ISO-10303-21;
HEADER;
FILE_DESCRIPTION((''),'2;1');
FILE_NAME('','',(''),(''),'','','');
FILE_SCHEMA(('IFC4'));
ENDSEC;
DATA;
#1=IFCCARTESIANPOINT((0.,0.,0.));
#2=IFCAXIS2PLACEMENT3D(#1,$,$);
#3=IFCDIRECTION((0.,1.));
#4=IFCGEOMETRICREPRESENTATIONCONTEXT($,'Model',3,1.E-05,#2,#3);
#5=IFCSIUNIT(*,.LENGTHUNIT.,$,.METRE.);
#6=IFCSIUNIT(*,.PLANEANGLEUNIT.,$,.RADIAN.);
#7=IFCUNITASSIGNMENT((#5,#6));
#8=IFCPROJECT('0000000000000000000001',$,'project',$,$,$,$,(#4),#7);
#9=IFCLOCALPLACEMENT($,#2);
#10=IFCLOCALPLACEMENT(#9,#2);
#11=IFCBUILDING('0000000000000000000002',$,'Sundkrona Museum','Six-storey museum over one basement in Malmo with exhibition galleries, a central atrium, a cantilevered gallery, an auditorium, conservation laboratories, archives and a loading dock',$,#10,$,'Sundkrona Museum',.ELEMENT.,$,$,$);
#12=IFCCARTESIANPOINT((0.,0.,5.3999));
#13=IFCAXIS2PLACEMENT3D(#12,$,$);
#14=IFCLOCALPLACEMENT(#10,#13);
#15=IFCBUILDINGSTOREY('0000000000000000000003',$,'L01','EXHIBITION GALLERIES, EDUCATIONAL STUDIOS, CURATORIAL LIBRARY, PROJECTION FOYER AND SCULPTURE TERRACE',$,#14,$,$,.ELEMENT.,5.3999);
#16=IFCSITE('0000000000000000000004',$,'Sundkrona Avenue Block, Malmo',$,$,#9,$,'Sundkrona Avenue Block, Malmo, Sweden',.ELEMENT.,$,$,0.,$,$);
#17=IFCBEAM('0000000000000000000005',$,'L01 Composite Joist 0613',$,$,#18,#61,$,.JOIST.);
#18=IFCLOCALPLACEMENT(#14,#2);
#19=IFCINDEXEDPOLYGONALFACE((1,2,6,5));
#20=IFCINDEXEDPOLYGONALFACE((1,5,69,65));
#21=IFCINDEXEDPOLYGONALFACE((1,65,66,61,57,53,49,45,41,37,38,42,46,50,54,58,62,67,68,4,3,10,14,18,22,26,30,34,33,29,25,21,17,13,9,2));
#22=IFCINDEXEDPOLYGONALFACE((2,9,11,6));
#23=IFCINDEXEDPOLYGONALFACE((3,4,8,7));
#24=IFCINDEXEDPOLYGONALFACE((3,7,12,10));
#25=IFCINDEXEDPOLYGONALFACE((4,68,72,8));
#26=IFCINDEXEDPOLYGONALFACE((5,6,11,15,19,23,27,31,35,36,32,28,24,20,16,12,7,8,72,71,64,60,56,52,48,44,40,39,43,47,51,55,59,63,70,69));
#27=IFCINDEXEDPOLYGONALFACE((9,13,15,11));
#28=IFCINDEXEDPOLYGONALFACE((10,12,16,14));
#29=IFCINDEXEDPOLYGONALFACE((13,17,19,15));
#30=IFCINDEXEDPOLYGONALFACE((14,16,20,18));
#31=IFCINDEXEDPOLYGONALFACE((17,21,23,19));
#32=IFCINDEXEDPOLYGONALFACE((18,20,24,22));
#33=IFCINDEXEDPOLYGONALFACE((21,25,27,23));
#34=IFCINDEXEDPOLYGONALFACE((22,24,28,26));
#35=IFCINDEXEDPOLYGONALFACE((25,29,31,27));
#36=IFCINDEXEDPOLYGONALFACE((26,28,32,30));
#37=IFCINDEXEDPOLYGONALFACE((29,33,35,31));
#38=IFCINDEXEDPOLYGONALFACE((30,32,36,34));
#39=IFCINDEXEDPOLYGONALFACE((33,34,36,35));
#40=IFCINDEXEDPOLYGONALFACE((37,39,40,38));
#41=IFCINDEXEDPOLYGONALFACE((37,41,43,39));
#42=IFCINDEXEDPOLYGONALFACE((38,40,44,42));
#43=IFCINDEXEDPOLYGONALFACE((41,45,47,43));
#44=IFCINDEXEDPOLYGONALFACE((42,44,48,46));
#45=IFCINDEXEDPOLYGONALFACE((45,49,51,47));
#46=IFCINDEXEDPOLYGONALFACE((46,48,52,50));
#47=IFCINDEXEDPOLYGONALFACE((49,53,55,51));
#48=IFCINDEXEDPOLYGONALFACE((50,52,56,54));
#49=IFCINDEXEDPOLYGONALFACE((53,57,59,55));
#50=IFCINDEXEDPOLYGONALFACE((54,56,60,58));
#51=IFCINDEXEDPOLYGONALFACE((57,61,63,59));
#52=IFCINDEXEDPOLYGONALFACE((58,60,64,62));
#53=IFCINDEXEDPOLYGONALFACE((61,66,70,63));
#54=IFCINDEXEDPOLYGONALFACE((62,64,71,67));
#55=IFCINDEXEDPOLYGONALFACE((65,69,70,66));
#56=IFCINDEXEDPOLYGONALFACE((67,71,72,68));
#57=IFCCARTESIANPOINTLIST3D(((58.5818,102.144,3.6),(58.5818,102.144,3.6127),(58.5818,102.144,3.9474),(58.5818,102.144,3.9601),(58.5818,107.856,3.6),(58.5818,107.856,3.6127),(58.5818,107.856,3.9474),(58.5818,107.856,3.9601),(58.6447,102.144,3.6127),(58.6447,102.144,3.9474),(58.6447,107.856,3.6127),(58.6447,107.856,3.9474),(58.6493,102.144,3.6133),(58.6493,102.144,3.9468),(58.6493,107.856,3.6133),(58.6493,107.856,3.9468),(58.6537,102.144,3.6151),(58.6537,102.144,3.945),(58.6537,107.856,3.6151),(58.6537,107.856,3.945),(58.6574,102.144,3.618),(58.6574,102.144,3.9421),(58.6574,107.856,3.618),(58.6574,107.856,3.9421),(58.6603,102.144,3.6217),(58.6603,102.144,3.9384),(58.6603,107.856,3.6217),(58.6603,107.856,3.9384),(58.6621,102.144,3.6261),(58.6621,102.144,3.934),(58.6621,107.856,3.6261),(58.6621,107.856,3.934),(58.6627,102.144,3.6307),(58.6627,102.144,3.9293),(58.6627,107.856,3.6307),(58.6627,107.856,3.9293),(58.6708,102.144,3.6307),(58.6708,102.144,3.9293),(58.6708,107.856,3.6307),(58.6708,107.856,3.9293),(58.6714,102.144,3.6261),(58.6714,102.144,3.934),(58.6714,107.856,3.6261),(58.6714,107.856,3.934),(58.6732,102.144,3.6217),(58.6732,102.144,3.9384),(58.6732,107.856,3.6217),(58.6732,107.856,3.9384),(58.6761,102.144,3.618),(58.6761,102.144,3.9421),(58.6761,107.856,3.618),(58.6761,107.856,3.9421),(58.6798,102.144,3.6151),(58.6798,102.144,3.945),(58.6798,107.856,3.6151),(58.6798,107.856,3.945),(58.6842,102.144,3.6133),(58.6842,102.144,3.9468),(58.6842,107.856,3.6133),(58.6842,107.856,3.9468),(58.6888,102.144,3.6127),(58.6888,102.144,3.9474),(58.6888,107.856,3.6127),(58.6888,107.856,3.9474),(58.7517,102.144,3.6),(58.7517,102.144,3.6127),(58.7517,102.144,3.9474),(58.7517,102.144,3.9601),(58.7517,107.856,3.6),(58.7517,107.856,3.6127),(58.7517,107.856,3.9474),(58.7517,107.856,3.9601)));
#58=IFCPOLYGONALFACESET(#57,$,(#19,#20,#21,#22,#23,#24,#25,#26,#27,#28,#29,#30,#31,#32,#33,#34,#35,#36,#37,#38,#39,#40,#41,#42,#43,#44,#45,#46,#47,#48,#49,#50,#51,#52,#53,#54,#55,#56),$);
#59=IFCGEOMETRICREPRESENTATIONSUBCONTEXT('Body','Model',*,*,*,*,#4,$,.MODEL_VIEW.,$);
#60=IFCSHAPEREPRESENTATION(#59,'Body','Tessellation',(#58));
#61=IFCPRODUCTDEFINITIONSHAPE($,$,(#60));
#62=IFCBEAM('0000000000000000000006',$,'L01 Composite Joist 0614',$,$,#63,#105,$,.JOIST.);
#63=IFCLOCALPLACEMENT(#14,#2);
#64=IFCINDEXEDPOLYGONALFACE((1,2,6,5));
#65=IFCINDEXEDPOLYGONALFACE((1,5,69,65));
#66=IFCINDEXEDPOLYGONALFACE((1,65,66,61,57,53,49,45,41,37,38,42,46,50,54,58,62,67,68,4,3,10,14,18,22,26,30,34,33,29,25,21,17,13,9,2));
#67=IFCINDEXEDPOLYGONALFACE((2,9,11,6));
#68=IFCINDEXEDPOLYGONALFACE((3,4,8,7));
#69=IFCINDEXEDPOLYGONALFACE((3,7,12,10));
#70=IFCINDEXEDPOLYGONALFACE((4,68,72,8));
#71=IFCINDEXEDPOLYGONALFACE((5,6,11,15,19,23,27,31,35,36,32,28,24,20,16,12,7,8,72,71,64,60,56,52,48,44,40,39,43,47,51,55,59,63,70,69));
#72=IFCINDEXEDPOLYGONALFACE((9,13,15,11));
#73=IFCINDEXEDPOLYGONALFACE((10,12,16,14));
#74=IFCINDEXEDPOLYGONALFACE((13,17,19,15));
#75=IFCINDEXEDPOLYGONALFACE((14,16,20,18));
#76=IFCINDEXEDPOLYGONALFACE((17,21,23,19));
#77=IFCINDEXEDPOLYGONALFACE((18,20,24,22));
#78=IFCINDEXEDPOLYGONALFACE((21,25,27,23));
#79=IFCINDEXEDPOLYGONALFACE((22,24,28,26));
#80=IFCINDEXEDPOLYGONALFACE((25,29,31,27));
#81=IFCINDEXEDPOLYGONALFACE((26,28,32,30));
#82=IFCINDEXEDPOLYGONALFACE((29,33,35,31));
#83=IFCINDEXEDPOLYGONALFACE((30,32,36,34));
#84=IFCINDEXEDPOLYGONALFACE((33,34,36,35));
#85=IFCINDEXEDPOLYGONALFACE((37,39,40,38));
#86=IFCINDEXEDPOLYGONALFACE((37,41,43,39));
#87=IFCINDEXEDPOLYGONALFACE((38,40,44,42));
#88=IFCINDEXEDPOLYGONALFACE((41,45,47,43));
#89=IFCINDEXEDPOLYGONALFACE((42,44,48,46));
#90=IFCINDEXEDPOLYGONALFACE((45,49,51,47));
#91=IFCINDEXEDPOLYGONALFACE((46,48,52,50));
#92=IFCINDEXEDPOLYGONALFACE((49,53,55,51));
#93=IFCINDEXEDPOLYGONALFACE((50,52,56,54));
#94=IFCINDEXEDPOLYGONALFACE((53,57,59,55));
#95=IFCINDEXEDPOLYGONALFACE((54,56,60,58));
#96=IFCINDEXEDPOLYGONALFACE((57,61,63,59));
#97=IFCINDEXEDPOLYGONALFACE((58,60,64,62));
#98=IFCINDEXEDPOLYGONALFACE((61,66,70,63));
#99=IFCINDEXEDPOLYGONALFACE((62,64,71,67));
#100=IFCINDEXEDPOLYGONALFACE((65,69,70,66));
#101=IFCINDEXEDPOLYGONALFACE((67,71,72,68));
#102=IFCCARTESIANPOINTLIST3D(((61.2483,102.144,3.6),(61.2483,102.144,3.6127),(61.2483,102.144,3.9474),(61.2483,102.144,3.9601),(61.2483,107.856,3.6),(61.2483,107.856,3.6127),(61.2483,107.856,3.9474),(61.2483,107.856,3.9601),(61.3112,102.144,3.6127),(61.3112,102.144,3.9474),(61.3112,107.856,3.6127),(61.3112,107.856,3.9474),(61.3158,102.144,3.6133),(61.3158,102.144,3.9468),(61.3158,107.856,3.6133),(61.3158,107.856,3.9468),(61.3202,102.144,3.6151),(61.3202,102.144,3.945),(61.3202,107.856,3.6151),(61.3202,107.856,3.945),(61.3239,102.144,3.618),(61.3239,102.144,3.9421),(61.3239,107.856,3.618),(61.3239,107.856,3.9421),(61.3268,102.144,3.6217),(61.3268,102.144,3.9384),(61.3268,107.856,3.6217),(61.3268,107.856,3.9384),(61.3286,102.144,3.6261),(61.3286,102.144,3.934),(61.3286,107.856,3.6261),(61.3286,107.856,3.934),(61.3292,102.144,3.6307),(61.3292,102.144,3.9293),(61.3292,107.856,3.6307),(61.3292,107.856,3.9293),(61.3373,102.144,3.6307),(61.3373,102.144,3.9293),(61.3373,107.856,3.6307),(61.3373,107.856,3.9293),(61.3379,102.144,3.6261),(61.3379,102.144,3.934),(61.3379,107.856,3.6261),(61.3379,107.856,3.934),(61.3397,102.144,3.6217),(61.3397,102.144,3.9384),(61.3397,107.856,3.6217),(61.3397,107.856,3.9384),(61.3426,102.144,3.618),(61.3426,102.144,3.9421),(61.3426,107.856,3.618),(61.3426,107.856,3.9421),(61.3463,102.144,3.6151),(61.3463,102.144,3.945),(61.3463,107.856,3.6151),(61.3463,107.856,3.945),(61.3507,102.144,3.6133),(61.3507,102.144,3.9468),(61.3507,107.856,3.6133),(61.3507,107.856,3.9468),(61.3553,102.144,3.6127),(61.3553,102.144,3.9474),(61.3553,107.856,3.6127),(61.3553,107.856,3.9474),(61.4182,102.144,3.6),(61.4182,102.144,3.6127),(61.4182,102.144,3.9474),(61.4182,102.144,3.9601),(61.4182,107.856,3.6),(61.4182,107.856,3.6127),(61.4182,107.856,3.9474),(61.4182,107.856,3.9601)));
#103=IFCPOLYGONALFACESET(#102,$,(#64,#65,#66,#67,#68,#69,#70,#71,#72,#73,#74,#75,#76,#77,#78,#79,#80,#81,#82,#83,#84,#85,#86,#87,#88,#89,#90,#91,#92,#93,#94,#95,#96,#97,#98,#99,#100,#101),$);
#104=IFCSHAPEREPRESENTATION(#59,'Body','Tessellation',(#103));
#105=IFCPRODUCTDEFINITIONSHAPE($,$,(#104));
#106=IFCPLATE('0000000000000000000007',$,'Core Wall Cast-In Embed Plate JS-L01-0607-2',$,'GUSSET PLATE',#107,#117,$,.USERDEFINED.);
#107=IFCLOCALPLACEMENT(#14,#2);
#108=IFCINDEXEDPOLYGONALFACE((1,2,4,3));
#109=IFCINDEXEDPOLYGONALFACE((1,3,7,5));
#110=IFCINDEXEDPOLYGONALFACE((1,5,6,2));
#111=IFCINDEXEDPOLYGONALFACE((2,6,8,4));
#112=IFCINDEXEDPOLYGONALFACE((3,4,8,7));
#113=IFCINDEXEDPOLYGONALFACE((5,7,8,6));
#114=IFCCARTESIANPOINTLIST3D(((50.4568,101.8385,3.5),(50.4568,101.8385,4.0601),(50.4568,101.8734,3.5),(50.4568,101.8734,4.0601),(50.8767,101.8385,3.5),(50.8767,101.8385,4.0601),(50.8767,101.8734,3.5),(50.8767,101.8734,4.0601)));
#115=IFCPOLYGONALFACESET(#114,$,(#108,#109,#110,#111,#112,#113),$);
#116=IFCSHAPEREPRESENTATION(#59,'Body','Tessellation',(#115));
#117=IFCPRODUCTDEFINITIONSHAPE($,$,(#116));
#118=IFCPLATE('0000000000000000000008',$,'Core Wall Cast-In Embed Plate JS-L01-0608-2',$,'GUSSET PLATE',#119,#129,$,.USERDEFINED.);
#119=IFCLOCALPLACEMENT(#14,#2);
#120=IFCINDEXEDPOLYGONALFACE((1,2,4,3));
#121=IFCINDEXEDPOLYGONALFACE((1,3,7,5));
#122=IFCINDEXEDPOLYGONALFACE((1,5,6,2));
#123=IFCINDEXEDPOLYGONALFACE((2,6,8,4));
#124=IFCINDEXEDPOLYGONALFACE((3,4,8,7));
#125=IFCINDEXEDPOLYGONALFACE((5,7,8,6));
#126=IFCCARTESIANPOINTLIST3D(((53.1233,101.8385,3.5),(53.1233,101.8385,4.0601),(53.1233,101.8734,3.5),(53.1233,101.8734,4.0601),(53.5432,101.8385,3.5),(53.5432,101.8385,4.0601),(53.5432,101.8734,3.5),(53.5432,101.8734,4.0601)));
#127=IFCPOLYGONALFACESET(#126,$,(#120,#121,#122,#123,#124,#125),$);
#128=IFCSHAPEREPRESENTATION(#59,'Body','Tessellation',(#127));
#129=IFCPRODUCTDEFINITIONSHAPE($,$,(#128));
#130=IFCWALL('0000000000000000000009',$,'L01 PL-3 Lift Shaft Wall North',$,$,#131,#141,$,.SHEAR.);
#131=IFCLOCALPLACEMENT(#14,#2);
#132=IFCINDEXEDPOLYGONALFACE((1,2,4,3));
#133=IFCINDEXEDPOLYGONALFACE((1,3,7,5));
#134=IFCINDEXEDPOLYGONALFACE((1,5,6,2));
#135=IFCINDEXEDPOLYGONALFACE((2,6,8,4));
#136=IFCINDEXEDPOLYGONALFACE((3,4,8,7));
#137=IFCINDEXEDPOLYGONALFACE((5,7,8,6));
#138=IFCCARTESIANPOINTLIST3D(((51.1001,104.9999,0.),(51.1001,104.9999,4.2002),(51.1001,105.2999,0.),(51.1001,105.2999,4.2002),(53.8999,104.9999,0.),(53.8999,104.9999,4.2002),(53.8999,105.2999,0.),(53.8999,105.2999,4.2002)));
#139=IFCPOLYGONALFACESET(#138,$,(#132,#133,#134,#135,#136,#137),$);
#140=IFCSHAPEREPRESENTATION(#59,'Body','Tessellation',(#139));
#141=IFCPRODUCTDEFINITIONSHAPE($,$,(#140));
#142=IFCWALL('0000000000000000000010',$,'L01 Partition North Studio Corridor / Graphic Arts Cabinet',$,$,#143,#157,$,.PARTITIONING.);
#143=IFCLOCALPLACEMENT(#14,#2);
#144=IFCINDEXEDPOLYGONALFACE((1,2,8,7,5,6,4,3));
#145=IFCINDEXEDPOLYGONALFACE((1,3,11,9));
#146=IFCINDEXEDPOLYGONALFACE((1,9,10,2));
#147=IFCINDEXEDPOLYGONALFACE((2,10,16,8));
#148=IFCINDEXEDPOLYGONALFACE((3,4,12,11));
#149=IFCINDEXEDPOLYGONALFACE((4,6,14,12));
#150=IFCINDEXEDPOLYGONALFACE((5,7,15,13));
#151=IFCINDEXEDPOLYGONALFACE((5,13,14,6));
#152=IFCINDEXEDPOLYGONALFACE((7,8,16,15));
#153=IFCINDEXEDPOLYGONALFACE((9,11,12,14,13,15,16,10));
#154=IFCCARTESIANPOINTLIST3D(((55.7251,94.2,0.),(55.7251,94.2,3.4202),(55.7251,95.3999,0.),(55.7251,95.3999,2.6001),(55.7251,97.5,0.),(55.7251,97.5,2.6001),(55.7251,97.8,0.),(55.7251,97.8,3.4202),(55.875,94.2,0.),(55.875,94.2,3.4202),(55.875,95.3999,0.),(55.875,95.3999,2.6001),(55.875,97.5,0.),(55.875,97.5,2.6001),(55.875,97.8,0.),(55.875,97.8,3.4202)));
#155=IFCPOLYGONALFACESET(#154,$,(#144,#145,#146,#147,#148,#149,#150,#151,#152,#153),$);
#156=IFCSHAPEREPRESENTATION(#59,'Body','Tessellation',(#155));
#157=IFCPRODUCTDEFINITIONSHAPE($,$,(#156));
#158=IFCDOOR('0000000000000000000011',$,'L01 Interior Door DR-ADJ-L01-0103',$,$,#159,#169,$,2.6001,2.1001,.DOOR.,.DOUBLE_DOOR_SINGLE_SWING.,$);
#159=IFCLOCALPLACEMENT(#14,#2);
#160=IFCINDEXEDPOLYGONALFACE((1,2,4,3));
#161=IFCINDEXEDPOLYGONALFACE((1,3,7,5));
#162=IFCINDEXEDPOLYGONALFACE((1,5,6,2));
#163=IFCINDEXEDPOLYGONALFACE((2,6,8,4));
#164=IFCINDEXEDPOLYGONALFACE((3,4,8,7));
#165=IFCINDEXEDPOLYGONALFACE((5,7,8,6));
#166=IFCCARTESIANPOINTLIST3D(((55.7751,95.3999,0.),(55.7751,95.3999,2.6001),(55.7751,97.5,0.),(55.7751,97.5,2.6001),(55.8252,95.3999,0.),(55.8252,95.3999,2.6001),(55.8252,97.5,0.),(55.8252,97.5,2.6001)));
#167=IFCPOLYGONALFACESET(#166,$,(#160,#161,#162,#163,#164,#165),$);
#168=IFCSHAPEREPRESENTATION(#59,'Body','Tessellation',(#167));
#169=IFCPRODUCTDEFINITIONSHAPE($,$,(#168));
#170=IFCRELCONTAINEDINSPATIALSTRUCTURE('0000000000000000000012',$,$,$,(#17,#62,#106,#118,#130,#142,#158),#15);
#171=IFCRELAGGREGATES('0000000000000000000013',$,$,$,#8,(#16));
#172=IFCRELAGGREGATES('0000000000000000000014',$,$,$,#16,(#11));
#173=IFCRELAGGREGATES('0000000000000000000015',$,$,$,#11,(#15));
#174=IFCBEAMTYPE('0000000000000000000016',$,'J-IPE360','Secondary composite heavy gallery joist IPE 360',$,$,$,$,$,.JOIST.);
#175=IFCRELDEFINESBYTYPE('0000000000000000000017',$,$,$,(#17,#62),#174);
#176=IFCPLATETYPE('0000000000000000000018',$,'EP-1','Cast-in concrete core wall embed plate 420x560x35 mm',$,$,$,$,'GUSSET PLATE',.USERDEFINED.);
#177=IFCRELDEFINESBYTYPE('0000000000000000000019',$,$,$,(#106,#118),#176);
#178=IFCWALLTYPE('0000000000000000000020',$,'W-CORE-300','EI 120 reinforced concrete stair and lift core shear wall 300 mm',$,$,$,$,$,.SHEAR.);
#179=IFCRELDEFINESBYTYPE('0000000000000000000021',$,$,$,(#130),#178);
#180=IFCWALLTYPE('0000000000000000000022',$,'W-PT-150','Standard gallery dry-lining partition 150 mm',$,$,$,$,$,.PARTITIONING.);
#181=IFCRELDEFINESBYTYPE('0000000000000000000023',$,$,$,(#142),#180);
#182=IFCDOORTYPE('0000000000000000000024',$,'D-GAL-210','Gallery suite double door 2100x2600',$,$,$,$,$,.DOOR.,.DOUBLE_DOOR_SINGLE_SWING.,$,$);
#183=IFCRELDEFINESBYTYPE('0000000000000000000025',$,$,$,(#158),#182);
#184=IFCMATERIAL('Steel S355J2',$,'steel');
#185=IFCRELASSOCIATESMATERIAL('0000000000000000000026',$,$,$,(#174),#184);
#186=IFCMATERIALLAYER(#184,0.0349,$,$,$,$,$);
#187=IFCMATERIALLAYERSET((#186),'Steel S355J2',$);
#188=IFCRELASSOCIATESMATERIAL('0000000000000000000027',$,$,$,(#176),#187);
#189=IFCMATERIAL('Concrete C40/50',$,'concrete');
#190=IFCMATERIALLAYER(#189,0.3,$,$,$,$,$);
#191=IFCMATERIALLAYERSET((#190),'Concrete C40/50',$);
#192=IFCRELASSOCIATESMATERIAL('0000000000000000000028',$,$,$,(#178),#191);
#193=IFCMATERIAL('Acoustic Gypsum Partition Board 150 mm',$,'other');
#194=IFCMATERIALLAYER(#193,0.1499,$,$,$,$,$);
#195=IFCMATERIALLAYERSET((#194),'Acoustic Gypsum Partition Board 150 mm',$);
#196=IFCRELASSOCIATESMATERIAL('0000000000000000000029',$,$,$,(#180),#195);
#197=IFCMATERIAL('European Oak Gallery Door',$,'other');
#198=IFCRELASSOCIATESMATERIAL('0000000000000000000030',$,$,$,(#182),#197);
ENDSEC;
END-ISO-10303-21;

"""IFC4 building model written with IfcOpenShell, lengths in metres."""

from ifc_helpers import new_model, si_unit, direction, frame, frame_2d, origin, origin_2d, place, context, subcontext, project, spatial, rectangle, i_section, extrude, material, layer, layer_set, material_profile, profile_set, type_object, element, fill, save


model = new_model("IFC4")

# Units and contexts
model_context = context("Model", 3, precision=1e-05, world=origin(), true_north=direction((0.0, 1.0)))
body_context = subcontext(model_context, "Body", "Model", "MODEL_VIEW")
ifc_project = project(units=[si_unit("LENGTHUNIT", "METRE"), si_unit("PLANEANGLEUNIT", "RADIAN")], contexts=[model_context])

# Site, building, storey
site_placement = place(None, origin())
site = spatial("IfcSite", under=ifc_project, at=site_placement, Name="Sundkrona Avenue Block, Malmo", LongName="Sundkrona Avenue Block, Malmo, Sweden", CompositionType="ELEMENT", RefElevation=0.0)
building_placement = place(site_placement, origin())
building = spatial("IfcBuilding", under=site, at=building_placement, Name="Sundkrona Museum", Description="Six-storey museum over one basement in Malmo with exhibition galleries, a central atrium, a cantilevered gallery, an auditorium, conservation laboratories, archives and a loading dock", LongName="Sundkrona Museum", CompositionType="ELEMENT")
storey_placement = place(building_placement, frame((0.0, 0.0, 5.3999)))
storey = spatial("IfcBuildingStorey", under=building, at=storey_placement, Name="L01", Description="EXHIBITION GALLERIES, EDUCATIONAL STUDIOS, CURATORIAL LIBRARY, PROJECTION FOYER AND SCULPTURE TERRACE", CompositionType="ELEMENT", Elevation=5.3999)

# Shared definitions
ifc_material_1 = material(Name="Steel S355J2", Category="steel")

# Beams
ifc_material_profile_1 = material_profile(ifc_material_1, i_section(OverallWidth=0.1699, OverallDepth=0.3601, WebThickness=0.0081, FlangeThickness=0.0127, FilletRadius=0.0181, at=origin_2d()), Name="IPE 360")
ifc_profile_set_1 = profile_set([ifc_material_profile_1], Name="Steel S355J2")
beam_type_1 = type_object("IfcBeamType", Name="J-IPE360", Description="Secondary composite heavy gallery joist IPE 360", PredefinedType="JOIST", material=ifc_profile_set_1)
for number, where, z_axis, x_axis, name in (
    (1, (58.6667, 102.144, 3.78), (0.0, 1.0, 0.0), (-1.0, 0.0, 0.0), "L01 Composite Joist 0613"),
    (2, (61.3333, 102.144, 3.78), (0.0, 1.0, 0.0), (-1.0, 0.0, 0.0), "L01 Composite Joist 0614"),
):
    element("IfcBeam", number, at=place(storey_placement, frame(where, z_axis=z_axis, x_axis=x_axis)), inside=storey, type_object=beam_type_1, Name=name, PredefinedType="JOIST", context=body_context, shape_type="SweptSolid", body=[
        extrude(i_section(OverallWidth=0.1699, OverallDepth=0.3601, WebThickness=0.0081, FlangeThickness=0.0127, FilletRadius=0.0181, at=origin_2d()), origin(), (0.0, 0.0, 1.0), 5.7119),
    ])

# Plates
ifc_layer_1 = layer(ifc_material_1, 0.0349)
ifc_layer_set_1 = layer_set([ifc_layer_1], Name="Steel S355J2")
plate_type = type_object("IfcPlateType", Name="EP-1", Description="Cast-in concrete core wall embed plate 420x560x35 mm", ElementType="GUSSET PLATE", PredefinedType="USERDEFINED", material=ifc_layer_set_1)
for number, where, z_axis, x_axis, name in (
    (3, (50.6667, 101.856, 3.5), (0.0, 0.0, 1.0), (1.0, 0.0, 0.0), "Core Wall Cast-In Embed Plate JS-L01-0607-2"),
    (4, (53.3333, 101.856, 3.5), (0.0, 0.0, 1.0), (1.0, 0.0, 0.0), "Core Wall Cast-In Embed Plate JS-L01-0608-2"),
):
    element("IfcPlate", number, at=place(storey_placement, frame(where, z_axis=z_axis, x_axis=x_axis)), inside=storey, type_object=plate_type, Name=name, ObjectType="GUSSET PLATE", PredefinedType="USERDEFINED", context=body_context, shape_type="SweptSolid", body=[
        extrude(rectangle(XDim=0.4199, YDim=0.0349, at=origin_2d()), origin(), (0.0, 0.0, 1.0), 0.5601),
    ])

# Shared definitions
ifc_material_2 = material(Name="Concrete C40/50", Category="concrete")
ifc_layer_2 = layer(ifc_material_2, 0.3)
ifc_layer_set_2 = layer_set([ifc_layer_2], Name="Concrete C40/50")
wall_type_1 = type_object("IfcWallType", Name="W-CORE-300", Description="EI 120 reinforced concrete stair and lift core shear wall 300 mm", PredefinedType="SHEAR", material=ifc_layer_set_2)

# Wall
wall_1_placement = place(storey_placement, frame((51.1001, 105.1499, 0.0), z_axis=(0.0, 0.0, 1.0), x_axis=(1.0, 0.0, 0.0)))
element("IfcWall", 5, at=wall_1_placement, inside=storey, type_object=wall_type_1, Name="L01 PL-3 Lift Shaft Wall North", PredefinedType="SHEAR", context=body_context, shape_type="SweptSolid", body=[
    extrude(rectangle(XDim=2.7998, YDim=0.3, at=frame_2d((1.3999, 0.0))), origin(), (0.0, 0.0, 1.0), 4.2002),
])

# Wall, opening, door
ifc_material_3 = material(Name="Acoustic Gypsum Partition Board 150 mm", Category="other")
ifc_layer_3 = layer(ifc_material_3, 0.1499)
ifc_layer_set_3 = layer_set([ifc_layer_3], Name="Acoustic Gypsum Partition Board 150 mm")
wall_type_2 = type_object("IfcWallType", Name="W-PT-150", Description="Standard gallery dry-lining partition 150 mm", PredefinedType="PARTITIONING", material=ifc_layer_set_3)
wall_2_placement = place(storey_placement, frame((55.8, 94.2, 0.0), z_axis=(0.0, 0.0, 1.0), x_axis=(0.0, 1.0, 0.0)))
wall_2 = element("IfcWall", 6, at=wall_2_placement, inside=storey, type_object=wall_type_2, Name="L01 Partition North Studio Corridor / Graphic Arts Cabinet", PredefinedType="PARTITIONING", context=body_context, shape_type="SweptSolid", body=[
    extrude(rectangle(XDim=3.6001, YDim=0.1499, at=frame_2d((1.8, 0.0))), origin(), (0.0, 0.0, 1.0), 3.4202),
])
opening_1_placement = place(wall_2_placement, frame((1.2, 0.0, 0.0)))
opening_1 = element("IfcOpeningElement", 7, at=opening_1_placement, cuts=wall_2, PredefinedType="OPENING", context=body_context, shape_type="SweptSolid", body=[
    extrude(rectangle(XDim=2.1001, YDim=2.6001, at=frame_2d((1.05, 1.3))), frame((0.0, 0.085, 0.0), z_axis=(0.0, -1.0, 0.0), x_axis=(1.0, 0.0, 0.0)), (0.0, 0.0, 1.0), 0.1699),
])
ifc_material_4 = material(Name="European Oak Gallery Door", Category="other")
door_type_1 = type_object("IfcDoorType", Name="D-GAL-210", Description="Gallery suite double door 2100x2600", OperationType="DOUBLE_DOOR_SINGLE_SWING", PredefinedType="DOOR", material=ifc_material_4)
door_1_placement = place(opening_1_placement, origin())
door_1 = element("IfcDoor", 8, at=door_1_placement, inside=storey, type_object=door_type_1, Name="L01 Interior Door DR-ADJ-L01-0103", OperationType="DOUBLE_DOOR_SINGLE_SWING", OverallHeight=2.6001, OverallWidth=2.1001, PredefinedType="DOOR", context=body_context, shape_type="SweptSolid", body=[
    extrude(rectangle(XDim=2.1001, YDim=2.6001, at=frame_2d((1.05, 1.3))), frame((0.0, 0.0249, 0.0), z_axis=(0.0, -1.0, 0.0), x_axis=(1.0, 0.0, 0.0)), (0.0, 0.0, 1.0), 0.05),
])
fill(opening_1, door_1)

save(model, "model.ifc")
